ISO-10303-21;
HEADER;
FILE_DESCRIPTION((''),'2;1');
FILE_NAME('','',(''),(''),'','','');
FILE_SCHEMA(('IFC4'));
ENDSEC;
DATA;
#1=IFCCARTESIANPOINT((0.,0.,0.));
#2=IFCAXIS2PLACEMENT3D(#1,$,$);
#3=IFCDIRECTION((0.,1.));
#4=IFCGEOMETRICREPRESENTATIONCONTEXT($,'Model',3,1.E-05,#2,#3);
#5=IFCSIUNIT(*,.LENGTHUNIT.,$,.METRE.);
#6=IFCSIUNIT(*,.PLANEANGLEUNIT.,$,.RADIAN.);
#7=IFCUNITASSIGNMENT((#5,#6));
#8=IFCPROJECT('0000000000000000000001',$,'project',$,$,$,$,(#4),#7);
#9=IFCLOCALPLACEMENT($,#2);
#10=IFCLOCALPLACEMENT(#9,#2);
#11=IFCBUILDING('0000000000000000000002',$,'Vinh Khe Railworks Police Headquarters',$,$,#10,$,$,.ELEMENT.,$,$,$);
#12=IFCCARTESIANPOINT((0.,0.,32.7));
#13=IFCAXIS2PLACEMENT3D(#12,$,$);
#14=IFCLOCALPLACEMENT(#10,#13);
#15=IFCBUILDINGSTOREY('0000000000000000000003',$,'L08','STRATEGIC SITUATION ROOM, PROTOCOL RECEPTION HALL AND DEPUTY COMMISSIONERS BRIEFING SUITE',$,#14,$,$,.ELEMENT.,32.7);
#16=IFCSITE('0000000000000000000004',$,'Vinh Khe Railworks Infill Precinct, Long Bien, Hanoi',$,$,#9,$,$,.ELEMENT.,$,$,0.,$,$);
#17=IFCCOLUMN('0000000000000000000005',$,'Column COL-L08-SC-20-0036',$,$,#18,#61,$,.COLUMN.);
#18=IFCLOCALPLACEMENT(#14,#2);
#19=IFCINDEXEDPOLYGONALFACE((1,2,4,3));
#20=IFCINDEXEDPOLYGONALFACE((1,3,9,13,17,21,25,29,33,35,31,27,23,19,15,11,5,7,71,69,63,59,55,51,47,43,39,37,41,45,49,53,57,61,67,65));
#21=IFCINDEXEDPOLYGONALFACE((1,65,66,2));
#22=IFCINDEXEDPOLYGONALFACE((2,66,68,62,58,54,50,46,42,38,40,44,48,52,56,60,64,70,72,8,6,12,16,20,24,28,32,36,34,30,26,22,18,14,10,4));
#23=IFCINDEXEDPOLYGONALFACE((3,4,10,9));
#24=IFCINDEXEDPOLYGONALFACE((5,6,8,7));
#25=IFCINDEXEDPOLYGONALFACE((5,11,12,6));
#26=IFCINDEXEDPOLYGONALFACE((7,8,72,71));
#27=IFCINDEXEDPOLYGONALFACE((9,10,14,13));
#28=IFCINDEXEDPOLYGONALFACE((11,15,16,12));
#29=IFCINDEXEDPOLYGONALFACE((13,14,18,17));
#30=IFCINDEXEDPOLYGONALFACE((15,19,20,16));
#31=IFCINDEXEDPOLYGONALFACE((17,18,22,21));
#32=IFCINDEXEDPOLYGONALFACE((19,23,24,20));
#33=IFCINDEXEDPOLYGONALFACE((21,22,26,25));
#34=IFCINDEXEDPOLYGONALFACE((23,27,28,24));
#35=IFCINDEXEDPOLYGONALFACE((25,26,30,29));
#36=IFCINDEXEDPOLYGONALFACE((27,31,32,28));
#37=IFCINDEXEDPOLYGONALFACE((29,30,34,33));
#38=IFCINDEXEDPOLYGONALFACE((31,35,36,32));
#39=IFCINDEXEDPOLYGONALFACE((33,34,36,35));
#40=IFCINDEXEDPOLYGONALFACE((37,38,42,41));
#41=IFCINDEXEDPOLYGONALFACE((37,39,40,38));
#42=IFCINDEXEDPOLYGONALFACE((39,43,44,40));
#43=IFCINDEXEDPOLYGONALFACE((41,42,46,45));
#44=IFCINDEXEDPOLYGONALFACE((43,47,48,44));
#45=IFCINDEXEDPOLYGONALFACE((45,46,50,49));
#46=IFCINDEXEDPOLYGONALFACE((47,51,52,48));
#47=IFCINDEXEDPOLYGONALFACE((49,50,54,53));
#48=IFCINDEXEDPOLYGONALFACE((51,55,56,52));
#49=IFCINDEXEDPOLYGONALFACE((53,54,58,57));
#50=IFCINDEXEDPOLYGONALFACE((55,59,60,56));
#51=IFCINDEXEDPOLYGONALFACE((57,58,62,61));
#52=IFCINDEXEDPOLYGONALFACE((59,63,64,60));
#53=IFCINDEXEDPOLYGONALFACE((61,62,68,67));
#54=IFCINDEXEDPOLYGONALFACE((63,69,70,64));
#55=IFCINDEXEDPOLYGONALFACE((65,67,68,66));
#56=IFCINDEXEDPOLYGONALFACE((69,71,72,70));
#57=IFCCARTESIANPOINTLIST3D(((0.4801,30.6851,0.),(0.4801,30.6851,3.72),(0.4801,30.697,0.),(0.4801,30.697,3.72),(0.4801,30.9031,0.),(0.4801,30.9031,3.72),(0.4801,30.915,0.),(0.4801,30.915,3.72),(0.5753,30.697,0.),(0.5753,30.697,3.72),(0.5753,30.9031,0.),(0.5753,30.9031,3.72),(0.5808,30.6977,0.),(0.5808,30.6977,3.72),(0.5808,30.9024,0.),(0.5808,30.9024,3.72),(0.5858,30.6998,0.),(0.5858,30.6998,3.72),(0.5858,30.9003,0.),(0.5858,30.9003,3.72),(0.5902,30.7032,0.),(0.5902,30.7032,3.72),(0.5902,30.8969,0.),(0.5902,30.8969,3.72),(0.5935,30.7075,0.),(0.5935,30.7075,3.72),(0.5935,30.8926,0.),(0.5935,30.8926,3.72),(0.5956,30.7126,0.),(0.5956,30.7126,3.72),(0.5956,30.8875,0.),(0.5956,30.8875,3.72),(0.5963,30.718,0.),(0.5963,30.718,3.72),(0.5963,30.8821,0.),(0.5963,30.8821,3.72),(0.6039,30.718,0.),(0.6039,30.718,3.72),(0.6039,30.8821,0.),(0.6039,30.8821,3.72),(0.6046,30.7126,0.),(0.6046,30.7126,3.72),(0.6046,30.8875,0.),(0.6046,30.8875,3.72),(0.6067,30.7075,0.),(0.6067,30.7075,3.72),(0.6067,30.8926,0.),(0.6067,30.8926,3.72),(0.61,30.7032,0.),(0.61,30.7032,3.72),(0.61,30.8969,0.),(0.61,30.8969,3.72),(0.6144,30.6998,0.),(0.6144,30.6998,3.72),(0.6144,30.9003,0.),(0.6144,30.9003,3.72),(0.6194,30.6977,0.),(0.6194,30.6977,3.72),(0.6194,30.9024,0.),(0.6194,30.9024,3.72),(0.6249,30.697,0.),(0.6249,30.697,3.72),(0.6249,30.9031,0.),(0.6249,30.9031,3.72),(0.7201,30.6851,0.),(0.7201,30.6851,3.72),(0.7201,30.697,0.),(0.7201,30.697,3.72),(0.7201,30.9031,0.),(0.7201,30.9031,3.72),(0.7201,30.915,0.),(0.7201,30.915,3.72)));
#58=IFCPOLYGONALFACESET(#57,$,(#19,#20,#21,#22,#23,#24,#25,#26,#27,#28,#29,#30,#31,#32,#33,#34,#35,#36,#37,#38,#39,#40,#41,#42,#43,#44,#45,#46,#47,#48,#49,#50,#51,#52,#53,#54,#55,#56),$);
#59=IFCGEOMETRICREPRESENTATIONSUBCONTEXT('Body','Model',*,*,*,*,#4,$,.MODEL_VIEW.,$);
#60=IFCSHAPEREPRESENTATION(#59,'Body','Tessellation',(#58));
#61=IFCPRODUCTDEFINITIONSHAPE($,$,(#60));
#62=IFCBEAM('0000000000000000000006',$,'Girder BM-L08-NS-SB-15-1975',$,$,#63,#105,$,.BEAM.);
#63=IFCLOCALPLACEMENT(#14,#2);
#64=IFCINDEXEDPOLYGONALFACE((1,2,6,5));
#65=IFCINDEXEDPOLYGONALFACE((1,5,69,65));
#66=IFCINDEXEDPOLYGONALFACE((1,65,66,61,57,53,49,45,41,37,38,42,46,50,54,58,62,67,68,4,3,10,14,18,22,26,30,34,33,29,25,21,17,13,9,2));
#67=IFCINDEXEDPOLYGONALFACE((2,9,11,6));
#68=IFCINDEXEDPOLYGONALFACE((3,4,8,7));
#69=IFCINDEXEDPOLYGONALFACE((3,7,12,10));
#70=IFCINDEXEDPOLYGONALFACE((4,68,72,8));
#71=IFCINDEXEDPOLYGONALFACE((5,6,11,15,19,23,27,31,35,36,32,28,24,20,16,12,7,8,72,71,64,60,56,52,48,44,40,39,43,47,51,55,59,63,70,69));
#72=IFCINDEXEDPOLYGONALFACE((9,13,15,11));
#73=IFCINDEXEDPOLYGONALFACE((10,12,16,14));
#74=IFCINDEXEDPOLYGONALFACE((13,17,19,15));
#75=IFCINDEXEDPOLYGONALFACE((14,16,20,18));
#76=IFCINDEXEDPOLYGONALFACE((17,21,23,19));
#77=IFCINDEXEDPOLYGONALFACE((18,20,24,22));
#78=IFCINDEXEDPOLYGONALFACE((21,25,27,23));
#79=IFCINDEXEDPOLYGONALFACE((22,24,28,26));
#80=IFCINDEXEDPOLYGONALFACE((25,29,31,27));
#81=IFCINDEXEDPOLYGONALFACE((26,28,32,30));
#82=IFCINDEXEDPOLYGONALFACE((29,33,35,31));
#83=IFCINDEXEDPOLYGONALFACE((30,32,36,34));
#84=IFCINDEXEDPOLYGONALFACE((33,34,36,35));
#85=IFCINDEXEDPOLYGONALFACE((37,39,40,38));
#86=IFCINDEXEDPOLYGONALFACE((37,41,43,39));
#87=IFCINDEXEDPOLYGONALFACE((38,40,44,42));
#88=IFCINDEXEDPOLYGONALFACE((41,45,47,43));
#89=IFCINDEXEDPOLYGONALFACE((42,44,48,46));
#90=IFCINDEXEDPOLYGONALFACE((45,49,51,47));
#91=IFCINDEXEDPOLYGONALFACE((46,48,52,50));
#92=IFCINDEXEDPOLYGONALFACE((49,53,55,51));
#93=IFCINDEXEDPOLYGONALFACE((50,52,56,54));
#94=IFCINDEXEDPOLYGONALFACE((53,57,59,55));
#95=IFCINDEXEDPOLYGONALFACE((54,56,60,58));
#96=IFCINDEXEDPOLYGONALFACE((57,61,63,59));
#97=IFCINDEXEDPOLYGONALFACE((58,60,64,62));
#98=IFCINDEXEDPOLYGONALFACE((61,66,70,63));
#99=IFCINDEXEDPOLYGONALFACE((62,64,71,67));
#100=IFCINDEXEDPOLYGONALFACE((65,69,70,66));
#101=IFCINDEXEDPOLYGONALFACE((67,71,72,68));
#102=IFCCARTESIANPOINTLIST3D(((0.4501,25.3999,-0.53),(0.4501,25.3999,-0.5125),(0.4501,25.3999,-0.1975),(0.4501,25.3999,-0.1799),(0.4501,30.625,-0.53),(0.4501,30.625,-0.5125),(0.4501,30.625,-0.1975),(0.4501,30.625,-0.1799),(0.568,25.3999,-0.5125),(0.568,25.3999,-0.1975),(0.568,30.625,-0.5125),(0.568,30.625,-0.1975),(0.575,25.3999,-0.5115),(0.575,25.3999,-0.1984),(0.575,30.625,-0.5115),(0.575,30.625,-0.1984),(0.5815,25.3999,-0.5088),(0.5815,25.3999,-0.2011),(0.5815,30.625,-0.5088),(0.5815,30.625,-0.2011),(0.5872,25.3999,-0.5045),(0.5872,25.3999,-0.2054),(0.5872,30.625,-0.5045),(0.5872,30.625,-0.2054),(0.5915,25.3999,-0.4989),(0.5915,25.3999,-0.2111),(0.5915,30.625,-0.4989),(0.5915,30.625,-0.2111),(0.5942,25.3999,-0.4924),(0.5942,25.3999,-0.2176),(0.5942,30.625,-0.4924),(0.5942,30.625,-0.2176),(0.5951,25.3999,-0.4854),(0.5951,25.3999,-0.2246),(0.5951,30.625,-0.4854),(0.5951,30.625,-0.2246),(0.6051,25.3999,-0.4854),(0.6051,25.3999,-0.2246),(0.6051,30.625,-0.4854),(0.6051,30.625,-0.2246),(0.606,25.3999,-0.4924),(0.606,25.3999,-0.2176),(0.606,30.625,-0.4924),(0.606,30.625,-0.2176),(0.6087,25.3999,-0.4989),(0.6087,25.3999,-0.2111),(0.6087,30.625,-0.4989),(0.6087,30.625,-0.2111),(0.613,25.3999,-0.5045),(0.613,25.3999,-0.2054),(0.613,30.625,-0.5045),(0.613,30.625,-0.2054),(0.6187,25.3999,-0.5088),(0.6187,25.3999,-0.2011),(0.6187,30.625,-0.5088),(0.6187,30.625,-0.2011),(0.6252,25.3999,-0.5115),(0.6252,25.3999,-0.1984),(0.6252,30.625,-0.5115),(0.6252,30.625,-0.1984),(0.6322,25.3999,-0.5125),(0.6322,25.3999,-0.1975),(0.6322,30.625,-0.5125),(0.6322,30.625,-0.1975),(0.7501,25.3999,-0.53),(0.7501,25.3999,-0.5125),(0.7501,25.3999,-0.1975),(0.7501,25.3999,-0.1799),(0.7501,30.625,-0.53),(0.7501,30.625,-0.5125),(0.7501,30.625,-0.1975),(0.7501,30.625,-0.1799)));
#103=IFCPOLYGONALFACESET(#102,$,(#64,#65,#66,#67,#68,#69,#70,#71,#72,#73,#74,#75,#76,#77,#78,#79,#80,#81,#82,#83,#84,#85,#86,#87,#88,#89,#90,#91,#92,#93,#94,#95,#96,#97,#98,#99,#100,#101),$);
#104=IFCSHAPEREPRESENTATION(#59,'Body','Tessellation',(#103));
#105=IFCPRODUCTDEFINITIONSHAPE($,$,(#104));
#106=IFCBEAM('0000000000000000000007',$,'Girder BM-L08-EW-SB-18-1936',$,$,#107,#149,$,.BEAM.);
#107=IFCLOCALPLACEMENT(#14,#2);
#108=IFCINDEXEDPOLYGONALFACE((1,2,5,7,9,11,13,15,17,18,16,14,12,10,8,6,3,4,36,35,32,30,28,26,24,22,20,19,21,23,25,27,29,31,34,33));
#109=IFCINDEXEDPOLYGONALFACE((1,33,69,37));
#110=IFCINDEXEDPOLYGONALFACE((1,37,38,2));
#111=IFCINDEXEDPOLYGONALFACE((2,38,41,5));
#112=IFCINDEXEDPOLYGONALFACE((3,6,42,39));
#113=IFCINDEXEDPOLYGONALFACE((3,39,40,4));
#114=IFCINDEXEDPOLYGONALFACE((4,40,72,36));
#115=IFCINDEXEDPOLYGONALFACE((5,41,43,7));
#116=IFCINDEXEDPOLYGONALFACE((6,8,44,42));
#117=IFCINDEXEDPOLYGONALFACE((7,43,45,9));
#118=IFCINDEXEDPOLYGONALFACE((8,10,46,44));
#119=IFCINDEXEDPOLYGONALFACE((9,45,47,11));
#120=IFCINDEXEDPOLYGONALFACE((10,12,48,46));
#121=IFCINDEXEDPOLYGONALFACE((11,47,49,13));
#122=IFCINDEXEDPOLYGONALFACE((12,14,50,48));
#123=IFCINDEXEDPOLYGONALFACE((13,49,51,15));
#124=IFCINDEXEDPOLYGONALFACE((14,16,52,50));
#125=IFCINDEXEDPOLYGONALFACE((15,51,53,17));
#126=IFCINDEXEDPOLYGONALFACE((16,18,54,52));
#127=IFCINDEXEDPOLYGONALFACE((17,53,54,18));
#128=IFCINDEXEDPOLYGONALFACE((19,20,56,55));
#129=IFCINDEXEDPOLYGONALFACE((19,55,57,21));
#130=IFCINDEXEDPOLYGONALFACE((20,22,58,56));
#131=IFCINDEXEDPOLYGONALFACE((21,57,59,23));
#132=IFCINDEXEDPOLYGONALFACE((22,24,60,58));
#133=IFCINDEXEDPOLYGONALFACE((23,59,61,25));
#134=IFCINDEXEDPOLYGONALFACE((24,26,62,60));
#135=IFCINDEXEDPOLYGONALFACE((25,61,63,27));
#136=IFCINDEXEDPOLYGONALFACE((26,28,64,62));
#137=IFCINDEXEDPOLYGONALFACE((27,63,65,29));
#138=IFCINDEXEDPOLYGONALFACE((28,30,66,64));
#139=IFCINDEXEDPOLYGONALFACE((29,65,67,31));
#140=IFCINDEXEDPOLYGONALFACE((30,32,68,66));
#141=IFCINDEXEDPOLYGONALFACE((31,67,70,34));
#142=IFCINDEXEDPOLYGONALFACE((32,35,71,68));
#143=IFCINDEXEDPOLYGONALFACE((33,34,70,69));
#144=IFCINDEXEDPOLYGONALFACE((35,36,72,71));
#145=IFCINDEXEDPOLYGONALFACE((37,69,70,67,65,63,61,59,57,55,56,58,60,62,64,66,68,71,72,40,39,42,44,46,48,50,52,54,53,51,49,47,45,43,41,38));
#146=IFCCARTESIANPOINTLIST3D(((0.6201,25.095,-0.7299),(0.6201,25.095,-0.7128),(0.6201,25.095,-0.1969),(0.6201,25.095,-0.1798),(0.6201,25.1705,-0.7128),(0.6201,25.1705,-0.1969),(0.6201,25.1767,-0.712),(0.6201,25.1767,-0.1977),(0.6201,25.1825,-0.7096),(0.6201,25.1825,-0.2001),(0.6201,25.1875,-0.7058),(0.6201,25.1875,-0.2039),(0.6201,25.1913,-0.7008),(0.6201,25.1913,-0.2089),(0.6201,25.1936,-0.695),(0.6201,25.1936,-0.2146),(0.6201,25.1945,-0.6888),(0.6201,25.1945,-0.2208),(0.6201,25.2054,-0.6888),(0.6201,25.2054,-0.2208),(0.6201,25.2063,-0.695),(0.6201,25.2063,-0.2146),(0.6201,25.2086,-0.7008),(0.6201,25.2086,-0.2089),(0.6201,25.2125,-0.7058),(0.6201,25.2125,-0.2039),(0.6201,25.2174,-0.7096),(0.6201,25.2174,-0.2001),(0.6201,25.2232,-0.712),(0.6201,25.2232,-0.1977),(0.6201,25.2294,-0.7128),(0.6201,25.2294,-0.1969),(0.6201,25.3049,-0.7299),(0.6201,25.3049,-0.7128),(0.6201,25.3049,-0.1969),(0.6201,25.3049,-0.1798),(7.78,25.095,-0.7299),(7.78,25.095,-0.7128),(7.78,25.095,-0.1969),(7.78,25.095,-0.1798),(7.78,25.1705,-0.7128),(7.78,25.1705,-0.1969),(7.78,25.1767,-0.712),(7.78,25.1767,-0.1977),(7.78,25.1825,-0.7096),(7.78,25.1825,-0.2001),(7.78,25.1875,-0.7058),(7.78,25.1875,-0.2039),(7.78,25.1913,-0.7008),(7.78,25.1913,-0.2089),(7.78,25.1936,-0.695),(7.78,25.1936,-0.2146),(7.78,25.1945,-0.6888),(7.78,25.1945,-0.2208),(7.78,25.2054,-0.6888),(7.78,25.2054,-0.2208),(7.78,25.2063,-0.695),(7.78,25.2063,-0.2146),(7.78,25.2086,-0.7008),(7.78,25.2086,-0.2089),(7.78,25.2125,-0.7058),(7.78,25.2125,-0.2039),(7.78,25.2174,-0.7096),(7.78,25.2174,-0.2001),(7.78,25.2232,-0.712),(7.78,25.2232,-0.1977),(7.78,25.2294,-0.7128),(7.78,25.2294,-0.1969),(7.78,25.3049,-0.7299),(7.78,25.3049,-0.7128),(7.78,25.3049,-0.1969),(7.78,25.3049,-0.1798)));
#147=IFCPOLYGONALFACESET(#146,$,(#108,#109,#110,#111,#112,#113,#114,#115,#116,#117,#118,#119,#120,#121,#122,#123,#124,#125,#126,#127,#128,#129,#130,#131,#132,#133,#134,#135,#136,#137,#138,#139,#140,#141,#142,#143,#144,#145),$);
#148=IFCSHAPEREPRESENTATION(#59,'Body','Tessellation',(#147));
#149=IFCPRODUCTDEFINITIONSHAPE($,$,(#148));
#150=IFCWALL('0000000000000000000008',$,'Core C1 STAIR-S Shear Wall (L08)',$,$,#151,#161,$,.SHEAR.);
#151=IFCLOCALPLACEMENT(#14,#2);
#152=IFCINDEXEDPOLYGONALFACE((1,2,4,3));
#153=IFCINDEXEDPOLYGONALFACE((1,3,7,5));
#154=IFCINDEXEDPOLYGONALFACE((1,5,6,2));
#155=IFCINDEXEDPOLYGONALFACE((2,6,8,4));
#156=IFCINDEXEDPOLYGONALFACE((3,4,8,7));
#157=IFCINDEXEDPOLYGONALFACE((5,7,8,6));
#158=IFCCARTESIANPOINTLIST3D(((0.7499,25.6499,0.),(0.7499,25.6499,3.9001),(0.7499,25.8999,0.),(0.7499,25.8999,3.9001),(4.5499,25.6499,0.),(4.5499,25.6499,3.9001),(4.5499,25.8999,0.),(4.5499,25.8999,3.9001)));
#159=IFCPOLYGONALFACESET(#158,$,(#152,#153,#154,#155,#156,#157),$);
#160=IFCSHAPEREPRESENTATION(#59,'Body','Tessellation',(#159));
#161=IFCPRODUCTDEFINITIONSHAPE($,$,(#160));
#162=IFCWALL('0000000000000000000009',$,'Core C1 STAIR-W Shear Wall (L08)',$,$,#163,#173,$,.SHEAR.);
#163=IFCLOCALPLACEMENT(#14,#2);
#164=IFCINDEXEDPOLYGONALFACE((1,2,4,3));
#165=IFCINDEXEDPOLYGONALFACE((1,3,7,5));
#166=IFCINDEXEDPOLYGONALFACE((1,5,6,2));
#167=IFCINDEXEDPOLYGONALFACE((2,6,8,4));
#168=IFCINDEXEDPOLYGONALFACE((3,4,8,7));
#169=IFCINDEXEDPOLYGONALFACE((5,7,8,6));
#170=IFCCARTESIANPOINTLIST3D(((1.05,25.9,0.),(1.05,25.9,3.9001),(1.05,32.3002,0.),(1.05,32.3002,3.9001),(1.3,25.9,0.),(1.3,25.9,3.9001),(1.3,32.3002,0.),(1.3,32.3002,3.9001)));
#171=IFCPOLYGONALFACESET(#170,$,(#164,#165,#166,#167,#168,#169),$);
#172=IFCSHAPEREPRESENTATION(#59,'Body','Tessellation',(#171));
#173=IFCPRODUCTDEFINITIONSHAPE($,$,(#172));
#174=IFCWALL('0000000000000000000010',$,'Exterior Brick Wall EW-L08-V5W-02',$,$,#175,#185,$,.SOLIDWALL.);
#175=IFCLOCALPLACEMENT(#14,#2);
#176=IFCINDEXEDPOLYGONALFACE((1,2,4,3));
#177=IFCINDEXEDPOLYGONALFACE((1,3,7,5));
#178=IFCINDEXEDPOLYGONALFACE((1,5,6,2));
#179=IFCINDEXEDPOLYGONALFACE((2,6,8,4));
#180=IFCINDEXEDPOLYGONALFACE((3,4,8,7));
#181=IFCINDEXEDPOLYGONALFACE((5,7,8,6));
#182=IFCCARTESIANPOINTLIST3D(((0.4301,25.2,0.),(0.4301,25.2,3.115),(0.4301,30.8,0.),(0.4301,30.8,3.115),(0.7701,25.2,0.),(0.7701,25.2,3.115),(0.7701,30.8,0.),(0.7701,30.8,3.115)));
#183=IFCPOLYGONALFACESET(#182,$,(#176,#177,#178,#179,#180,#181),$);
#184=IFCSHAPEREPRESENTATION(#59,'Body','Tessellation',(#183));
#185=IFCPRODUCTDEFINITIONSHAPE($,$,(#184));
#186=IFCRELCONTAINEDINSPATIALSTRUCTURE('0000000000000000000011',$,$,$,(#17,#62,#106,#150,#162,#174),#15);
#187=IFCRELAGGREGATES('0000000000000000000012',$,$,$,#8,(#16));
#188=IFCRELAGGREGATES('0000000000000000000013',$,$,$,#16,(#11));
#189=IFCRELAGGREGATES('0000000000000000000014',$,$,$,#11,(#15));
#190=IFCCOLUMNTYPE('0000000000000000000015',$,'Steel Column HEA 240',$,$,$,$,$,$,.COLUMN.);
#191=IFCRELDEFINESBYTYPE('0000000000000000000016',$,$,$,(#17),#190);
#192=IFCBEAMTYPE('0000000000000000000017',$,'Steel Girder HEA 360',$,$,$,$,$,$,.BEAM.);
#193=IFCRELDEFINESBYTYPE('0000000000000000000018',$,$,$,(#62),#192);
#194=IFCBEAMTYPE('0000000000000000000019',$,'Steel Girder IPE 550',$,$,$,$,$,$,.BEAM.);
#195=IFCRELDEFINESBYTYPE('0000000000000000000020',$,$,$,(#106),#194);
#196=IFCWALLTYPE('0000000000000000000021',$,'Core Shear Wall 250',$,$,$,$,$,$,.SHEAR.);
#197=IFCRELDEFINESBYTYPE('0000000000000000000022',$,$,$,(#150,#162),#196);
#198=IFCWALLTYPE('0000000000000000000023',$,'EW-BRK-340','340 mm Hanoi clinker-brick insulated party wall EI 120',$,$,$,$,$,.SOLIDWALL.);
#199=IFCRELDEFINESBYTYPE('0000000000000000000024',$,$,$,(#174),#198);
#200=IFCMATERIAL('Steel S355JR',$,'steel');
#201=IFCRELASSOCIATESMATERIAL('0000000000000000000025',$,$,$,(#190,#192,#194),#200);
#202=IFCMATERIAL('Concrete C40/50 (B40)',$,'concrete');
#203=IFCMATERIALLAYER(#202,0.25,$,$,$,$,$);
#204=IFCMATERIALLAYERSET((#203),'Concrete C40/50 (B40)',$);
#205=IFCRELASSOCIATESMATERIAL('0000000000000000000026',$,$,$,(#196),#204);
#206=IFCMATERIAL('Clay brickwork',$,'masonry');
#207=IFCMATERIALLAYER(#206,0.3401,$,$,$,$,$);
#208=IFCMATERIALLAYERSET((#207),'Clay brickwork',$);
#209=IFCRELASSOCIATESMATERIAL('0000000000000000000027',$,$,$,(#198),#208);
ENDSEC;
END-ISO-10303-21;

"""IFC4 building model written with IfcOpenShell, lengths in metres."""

from ifc_helpers import new_model, si_unit, direction, frame, frame_2d, origin, origin_2d, place, context, subcontext, project, spatial, rectangle, i_section, extrude, material, layer, layer_set, material_profile, profile_set, type_object, element, save


model = new_model("IFC4")

# Units and contexts
model_context = context("Model", 3, precision=1e-05, world=origin(), true_north=direction((0.0, 1.0)))
body_context = subcontext(model_context, "Body", "Model", "MODEL_VIEW")
ifc_project = project(units=[si_unit("LENGTHUNIT", "METRE"), si_unit("PLANEANGLEUNIT", "RADIAN")], contexts=[model_context])

# Site, building, storey
site_placement = place(None, origin())
site = spatial("IfcSite", under=ifc_project, at=site_placement, Name="Vinh Khe Railworks Infill Precinct, Long Bien, Hanoi", CompositionType="ELEMENT", RefElevation=0.0)
building_placement = place(site_placement, origin())
building = spatial("IfcBuilding", under=site, at=building_placement, Name="Vinh Khe Railworks Police Headquarters", CompositionType="ELEMENT")
storey_placement = place(building_placement, frame((0.0, 0.0, 32.7)))
storey = spatial("IfcBuildingStorey", under=building, at=storey_placement, Name="L08", Description="STRATEGIC SITUATION ROOM, PROTOCOL RECEPTION HALL AND DEPUTY COMMISSIONERS BRIEFING SUITE", CompositionType="ELEMENT", Elevation=32.7)

# Column
ifc_material_1 = material(Name="Steel S355JR", Category="steel")
ifc_material_profile_1 = material_profile(ifc_material_1, i_section(OverallWidth=0.24, OverallDepth=0.23, WebThickness=0.0076, FlangeThickness=0.012, FilletRadius=0.021, at=origin_2d()), Name="HEA 240")
ifc_profile_set_1 = profile_set([ifc_material_profile_1], Name="Steel S355JR")
column_type = type_object("IfcColumnType", Name="Steel Column HEA 240", PredefinedType="COLUMN", material=ifc_profile_set_1)
column_placement = place(storey_placement, frame((0.6001, 30.8, 0.0), z_axis=(0.0, 0.0, 1.0), x_axis=(1.0, 0.0, 0.0)))
element("IfcColumn", 1, at=column_placement, inside=storey, type_object=column_type, Name="Column COL-L08-SC-20-0036", PredefinedType="COLUMN", context=body_context, shape_type="SweptSolid", body=[
    extrude(i_section(OverallWidth=0.24, OverallDepth=0.23, WebThickness=0.0076, FlangeThickness=0.012, FilletRadius=0.021, at=origin_2d()), origin(), (0.0, 0.0, 1.0), 3.72),
])

# Beams
ifc_material_profile_2 = material_profile(ifc_material_1, i_section(OverallWidth=0.3, OverallDepth=0.3501, WebThickness=0.01, FlangeThickness=0.0176, FilletRadius=0.0271, at=origin_2d()), Name="HEA 360")
ifc_profile_set_2 = profile_set([ifc_material_profile_2], Name="Steel S355JR")
beam_type_1 = type_object("IfcBeamType", Name="Steel Girder HEA 360", PredefinedType="BEAM", material=ifc_profile_set_2)
beam_1_placement = place(storey_placement, frame((0.6001, 25.3999, -0.355), z_axis=(0.0, 1.0, 0.0), x_axis=(-1.0, 0.0, 0.0)))
element("IfcBeam", 2, at=beam_1_placement, inside=storey, type_object=beam_type_1, Name="Girder BM-L08-NS-SB-15-1975", PredefinedType="BEAM", context=body_context, shape_type="SweptSolid", body=[
    extrude(i_section(OverallWidth=0.3, OverallDepth=0.3501, WebThickness=0.01, FlangeThickness=0.0176, FilletRadius=0.0271, at=origin_2d()), origin(), (0.0, 0.0, 1.0), 5.2251),
])
ifc_material_profile_3 = material_profile(ifc_material_1, i_section(OverallWidth=0.21, OverallDepth=0.55, WebThickness=0.011, FlangeThickness=0.0171, FilletRadius=0.0239, at=origin_2d()), Name="IPE 550")
ifc_profile_set_3 = profile_set([ifc_material_profile_3], Name="Steel S355JR")
beam_type_2 = type_object("IfcBeamType", Name="Steel Girder IPE 550", PredefinedType="BEAM", material=ifc_profile_set_3)
beam_2_placement = place(storey_placement, frame((0.6201, 25.2, -0.4548), z_axis=(1.0, 0.0, 0.0), x_axis=(0.0, 1.0, 0.0)))
element("IfcBeam", 3, at=beam_2_placement, inside=storey, type_object=beam_type_2, Name="Girder BM-L08-EW-SB-18-1936", PredefinedType="BEAM", context=body_context, shape_type="SweptSolid", body=[
    extrude(i_section(OverallWidth=0.21, OverallDepth=0.55, WebThickness=0.011, FlangeThickness=0.0171, FilletRadius=0.0239, at=origin_2d()), origin(), (0.0, 0.0, 1.0), 7.1599),
])

# Walls
ifc_material_2 = material(Name="Concrete C40/50 (B40)", Category="concrete")
ifc_layer_1 = layer(ifc_material_2, 0.25)
ifc_layer_set_1 = layer_set([ifc_layer_1], Name="Concrete C40/50 (B40)")
wall_type_1 = type_object("IfcWallType", Name="Core Shear Wall 250", PredefinedType="SHEAR", material=ifc_layer_set_1)
wall_1_placement = place(storey_placement, frame((0.75, 25.7749, 0.0), z_axis=(0.0, 0.0, 1.0), x_axis=(1.0, 0.0, 0.0)))
element("IfcWall", 4, at=wall_1_placement, inside=storey, type_object=wall_type_1, Name="Core C1 STAIR-S Shear Wall (L08)", PredefinedType="SHEAR", context=body_context, shape_type="SweptSolid", body=[
    extrude(rectangle(XDim=3.8, YDim=0.25, at=frame_2d((1.8999, 0.0))), origin(), (0.0, 0.0, 1.0), 3.9001),
])
wall_2_placement = place(storey_placement, frame((1.175, 25.8999, 0.0), z_axis=(0.0, 0.0, 1.0), x_axis=(0.0, 1.0, 0.0)))
element("IfcWall", 5, at=wall_2_placement, inside=storey, type_object=wall_type_1, Name="Core C1 STAIR-W Shear Wall (L08)", PredefinedType="SHEAR", context=body_context, shape_type="SweptSolid", body=[
    extrude(rectangle(XDim=6.4001, YDim=0.25, at=frame_2d((3.2002, 0.0))), origin(), (0.0, 0.0, 1.0), 3.9001),
])
ifc_material_3 = material(Name="Clay brickwork", Category="masonry")
ifc_layer_2 = layer(ifc_material_3, 0.3401)
ifc_layer_set_2 = layer_set([ifc_layer_2], Name="Clay brickwork")
wall_type_2 = type_object("IfcWallType", Name="EW-BRK-340", Description="340 mm Hanoi clinker-brick insulated party wall EI 120", PredefinedType="SOLIDWALL", material=ifc_layer_set_2)
wall_3_placement = place(storey_placement, frame((0.6001, 25.2, 0.0), z_axis=(0.0, 0.0, 1.0), x_axis=(0.0, 1.0, 0.0)))
element("IfcWall", 6, at=wall_3_placement, inside=storey, type_object=wall_type_2, Name="Exterior Brick Wall EW-L08-V5W-02", PredefinedType="SOLIDWALL", context=body_context, shape_type="SweptSolid", body=[
    extrude(rectangle(XDim=5.6001, YDim=0.3401, at=frame_2d((2.8, 0.0))), origin(), (0.0, 0.0, 1.0), 3.115),
])

save(model, "model.ifc")
